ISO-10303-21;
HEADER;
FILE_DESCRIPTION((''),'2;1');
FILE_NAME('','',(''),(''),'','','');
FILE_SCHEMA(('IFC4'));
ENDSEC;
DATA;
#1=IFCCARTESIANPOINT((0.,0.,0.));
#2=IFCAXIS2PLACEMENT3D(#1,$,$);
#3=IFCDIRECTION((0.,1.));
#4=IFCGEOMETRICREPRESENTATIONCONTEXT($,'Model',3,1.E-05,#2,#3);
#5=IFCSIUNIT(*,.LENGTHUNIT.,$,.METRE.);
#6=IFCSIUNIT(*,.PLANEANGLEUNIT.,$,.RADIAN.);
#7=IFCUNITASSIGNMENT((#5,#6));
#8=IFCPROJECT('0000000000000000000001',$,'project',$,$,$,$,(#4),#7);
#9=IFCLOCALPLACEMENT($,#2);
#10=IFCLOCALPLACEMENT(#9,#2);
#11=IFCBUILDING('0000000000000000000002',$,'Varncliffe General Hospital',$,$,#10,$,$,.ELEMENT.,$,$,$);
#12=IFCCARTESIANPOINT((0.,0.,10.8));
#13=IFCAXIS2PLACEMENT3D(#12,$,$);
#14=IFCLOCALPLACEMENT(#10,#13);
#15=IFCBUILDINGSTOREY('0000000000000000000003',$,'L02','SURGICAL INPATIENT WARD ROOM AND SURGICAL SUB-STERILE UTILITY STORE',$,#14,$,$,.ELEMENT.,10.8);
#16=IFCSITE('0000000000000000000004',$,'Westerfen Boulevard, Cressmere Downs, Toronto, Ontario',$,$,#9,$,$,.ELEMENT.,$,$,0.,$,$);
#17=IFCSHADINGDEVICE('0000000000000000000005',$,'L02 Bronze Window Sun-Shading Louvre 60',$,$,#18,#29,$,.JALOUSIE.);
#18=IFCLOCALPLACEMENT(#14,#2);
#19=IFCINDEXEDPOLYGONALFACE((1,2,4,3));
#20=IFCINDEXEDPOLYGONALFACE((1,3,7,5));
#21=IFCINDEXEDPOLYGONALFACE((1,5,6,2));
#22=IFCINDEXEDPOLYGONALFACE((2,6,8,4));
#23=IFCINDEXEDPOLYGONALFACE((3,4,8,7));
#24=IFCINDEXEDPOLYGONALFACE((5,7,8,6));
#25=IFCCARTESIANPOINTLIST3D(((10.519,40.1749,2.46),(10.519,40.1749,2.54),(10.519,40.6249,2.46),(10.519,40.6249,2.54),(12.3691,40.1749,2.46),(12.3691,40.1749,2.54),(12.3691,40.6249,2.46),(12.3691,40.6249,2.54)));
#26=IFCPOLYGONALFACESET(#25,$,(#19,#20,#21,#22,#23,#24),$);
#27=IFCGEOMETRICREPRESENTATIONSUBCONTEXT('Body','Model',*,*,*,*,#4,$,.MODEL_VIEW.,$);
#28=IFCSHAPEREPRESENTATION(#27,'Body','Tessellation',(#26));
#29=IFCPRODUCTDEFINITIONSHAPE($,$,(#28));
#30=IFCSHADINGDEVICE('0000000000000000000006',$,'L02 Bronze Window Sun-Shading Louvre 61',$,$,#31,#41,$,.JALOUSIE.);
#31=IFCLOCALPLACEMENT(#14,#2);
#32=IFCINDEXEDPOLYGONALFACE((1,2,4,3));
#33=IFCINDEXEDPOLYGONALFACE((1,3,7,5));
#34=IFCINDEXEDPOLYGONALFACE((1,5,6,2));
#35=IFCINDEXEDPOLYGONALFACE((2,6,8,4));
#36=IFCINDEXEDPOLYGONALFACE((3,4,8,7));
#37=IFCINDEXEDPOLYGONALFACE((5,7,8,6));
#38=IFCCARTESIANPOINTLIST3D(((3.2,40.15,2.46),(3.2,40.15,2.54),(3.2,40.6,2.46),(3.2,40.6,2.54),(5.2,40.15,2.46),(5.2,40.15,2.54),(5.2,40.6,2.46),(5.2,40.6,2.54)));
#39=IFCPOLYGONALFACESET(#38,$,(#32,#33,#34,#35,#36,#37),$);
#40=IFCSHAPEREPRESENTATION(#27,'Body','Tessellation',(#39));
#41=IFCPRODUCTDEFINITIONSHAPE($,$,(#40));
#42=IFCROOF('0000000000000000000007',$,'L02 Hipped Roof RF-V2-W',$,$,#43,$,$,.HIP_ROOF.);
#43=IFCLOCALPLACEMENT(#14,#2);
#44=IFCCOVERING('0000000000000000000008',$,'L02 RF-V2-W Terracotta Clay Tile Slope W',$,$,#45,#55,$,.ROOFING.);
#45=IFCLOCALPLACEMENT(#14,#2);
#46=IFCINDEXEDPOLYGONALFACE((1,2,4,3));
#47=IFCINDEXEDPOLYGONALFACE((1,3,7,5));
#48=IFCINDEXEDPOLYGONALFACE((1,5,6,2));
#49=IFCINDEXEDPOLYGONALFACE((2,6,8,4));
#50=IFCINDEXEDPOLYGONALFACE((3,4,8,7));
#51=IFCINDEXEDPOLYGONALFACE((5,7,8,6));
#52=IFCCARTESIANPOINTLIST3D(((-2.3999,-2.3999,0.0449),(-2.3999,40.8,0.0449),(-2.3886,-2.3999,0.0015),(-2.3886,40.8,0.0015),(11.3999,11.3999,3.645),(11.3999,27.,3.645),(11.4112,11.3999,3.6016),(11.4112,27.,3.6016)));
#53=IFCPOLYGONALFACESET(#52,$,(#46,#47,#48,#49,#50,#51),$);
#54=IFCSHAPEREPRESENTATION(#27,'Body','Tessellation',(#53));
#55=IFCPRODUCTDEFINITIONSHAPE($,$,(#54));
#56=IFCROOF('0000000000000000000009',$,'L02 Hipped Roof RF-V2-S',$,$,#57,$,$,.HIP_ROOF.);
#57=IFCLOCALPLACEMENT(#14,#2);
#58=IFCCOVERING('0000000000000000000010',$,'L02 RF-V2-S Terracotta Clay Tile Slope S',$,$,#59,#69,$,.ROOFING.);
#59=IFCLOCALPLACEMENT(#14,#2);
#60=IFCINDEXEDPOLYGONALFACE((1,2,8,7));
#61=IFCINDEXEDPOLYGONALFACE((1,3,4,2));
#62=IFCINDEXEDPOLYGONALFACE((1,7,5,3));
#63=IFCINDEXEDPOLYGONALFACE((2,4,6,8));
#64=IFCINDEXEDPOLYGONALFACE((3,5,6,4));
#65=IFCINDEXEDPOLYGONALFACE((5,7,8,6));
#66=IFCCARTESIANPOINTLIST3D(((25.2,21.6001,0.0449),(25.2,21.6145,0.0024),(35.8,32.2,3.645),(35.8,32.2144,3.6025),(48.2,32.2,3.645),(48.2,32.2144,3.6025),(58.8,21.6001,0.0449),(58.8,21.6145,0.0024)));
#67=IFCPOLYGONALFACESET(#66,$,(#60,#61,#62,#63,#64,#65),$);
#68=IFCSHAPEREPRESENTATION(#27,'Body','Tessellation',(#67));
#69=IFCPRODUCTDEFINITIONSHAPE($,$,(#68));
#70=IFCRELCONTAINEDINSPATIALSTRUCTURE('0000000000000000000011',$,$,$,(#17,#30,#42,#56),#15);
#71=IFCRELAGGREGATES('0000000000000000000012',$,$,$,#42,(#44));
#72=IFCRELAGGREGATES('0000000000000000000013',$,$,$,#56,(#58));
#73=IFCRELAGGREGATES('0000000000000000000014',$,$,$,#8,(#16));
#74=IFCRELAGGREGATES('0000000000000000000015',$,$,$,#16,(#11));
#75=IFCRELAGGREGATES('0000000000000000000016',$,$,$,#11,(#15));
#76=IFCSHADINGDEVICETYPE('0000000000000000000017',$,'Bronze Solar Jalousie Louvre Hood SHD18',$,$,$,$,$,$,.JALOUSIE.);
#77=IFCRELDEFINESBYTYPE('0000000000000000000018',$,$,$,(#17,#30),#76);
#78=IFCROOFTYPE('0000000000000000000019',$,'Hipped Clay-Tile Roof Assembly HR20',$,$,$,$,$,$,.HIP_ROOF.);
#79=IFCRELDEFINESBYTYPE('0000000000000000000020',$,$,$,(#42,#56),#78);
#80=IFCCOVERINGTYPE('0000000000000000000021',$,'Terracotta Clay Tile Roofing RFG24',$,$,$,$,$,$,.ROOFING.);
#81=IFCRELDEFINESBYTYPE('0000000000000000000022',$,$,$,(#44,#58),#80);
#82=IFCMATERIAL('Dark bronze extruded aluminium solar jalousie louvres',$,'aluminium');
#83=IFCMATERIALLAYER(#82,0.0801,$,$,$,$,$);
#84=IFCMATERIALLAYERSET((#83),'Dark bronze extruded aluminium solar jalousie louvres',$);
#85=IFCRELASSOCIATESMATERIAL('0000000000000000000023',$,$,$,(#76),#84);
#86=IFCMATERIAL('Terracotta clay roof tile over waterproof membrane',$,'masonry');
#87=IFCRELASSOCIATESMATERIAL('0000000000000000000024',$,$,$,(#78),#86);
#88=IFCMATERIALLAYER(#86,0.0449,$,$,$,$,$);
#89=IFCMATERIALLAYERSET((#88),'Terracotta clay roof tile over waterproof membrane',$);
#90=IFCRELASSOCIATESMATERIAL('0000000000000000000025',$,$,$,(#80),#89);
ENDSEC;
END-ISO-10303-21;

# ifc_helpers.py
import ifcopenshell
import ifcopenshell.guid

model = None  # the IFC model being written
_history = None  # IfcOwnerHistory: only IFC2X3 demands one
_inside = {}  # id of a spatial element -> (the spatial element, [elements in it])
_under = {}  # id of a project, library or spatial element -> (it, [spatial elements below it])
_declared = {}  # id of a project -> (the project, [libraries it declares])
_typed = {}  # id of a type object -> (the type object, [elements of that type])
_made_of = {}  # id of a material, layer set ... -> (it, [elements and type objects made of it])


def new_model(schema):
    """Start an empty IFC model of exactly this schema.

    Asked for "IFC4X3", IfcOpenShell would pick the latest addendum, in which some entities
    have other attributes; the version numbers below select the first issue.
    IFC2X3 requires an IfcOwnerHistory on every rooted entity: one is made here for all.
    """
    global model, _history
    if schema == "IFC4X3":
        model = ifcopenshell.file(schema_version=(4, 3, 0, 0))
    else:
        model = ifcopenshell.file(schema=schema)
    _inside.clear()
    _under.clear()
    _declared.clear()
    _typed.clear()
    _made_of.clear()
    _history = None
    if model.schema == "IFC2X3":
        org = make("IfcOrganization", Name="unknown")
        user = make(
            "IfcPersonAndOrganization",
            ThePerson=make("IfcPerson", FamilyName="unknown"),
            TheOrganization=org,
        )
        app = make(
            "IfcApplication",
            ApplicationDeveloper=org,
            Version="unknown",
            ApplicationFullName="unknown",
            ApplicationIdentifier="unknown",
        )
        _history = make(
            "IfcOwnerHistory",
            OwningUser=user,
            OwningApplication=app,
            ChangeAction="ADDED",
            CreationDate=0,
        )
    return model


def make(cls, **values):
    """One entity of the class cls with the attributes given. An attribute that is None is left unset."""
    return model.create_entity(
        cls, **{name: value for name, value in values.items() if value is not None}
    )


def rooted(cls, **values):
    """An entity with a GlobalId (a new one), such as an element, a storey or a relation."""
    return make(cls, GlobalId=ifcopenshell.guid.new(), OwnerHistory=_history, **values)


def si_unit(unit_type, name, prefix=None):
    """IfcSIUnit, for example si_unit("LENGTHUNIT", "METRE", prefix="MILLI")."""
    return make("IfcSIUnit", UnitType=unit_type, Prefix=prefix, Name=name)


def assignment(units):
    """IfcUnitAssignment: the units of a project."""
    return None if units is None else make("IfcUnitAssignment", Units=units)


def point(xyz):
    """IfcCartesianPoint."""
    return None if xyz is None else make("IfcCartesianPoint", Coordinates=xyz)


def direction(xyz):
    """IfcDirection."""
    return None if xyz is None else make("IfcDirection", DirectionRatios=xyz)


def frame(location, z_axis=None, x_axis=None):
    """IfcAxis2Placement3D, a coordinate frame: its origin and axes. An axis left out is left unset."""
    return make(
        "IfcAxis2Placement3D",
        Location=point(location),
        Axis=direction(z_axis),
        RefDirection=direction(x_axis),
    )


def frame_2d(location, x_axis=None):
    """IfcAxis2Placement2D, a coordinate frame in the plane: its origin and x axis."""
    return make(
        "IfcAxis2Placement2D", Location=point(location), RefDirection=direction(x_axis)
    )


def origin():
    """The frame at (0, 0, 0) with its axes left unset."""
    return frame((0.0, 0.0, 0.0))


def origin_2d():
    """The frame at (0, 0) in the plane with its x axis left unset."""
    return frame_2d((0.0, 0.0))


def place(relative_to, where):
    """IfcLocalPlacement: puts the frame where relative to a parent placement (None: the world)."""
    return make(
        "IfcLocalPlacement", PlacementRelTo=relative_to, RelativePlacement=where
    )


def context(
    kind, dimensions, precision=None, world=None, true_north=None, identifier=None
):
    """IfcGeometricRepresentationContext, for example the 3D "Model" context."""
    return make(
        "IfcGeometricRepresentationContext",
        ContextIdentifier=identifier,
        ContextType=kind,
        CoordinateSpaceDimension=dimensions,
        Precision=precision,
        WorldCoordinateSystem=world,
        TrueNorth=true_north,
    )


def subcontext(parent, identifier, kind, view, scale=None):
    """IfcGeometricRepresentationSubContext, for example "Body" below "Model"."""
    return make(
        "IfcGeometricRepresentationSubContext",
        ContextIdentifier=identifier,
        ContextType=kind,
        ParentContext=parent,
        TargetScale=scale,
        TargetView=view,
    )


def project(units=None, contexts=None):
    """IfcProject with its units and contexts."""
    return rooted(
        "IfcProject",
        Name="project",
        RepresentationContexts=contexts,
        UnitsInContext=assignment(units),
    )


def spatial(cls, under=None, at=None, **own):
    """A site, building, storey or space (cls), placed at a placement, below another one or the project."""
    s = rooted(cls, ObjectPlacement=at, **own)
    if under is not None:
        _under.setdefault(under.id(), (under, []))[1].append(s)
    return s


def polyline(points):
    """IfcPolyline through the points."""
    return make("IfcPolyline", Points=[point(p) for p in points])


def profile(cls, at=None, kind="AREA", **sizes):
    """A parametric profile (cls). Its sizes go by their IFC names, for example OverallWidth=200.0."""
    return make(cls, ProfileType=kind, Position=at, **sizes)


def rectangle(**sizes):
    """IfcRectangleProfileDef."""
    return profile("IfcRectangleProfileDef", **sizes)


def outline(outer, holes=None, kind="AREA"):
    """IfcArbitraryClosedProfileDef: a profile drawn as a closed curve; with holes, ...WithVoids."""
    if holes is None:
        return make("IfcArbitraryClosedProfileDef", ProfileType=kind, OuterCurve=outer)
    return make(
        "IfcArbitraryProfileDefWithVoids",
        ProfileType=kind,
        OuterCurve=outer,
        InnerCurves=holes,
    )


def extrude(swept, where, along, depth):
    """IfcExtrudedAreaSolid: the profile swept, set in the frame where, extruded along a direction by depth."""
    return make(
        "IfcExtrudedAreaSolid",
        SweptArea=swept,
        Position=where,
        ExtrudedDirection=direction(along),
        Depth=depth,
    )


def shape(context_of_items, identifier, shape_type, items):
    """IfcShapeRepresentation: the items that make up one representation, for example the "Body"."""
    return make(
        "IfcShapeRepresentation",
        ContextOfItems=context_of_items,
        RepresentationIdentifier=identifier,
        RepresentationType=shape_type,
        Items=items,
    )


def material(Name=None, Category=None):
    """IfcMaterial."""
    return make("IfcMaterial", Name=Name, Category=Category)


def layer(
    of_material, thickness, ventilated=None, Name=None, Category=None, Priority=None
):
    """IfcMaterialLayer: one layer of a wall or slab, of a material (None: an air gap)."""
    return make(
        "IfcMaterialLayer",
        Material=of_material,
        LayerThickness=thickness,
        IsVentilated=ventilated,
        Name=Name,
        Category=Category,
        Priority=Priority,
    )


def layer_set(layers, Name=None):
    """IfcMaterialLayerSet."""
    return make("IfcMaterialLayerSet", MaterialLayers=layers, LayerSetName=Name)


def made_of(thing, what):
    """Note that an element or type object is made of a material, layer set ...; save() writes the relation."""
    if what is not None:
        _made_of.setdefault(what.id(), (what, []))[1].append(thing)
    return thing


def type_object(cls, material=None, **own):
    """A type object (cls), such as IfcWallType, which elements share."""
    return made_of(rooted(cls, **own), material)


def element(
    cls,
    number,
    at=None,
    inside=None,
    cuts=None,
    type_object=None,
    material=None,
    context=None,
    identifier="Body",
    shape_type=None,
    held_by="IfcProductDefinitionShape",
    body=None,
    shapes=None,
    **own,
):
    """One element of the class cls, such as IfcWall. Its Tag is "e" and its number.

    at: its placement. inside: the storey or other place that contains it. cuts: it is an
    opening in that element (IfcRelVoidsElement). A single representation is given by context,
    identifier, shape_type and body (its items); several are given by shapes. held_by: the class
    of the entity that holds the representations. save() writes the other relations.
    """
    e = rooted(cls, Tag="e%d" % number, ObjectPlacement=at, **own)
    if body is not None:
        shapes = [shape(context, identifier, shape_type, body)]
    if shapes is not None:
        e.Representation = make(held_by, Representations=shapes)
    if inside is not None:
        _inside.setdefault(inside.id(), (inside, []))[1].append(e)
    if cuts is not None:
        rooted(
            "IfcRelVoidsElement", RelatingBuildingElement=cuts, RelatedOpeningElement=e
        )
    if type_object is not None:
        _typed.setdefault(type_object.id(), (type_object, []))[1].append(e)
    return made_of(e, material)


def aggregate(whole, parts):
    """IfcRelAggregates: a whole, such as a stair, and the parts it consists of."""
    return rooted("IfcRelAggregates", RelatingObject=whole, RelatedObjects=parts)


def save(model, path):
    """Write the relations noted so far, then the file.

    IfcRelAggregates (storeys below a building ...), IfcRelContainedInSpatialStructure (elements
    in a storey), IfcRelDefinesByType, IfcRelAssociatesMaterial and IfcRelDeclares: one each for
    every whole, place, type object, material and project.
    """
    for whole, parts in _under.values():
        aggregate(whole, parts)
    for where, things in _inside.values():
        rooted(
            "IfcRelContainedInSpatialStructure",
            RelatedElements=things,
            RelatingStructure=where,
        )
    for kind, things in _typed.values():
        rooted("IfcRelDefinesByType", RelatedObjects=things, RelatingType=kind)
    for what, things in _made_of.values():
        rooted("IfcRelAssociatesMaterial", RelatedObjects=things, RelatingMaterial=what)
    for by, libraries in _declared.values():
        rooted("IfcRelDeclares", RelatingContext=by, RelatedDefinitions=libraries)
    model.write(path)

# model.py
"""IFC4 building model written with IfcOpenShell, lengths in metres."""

from ifc_helpers import new_model, si_unit, direction, frame, origin, origin_2d, place, context, subcontext, project, spatial, polyline, rectangle, outline, extrude, material, layer, layer_set, type_object, element, aggregate, save


model = new_model("IFC4")

# Units and contexts
model_context = context("Model", 3, precision=1e-05, world=origin(), true_north=direction((0.0, 1.0)))
body_context = subcontext(model_context, "Body", "Model", "MODEL_VIEW")
ifc_project = project(units=[si_unit("LENGTHUNIT", "METRE"), si_unit("PLANEANGLEUNIT", "RADIAN")], contexts=[model_context])

# Site, building, storey
site_placement = place(None, origin())
site = spatial("IfcSite", under=ifc_project, at=site_placement, Name="Westerfen Boulevard, Cressmere Downs, Toronto, Ontario", CompositionType="ELEMENT", RefElevation=0.0)
building_placement = place(site_placement, origin())
building = spatial("IfcBuilding", under=site, at=building_placement, Name="Varncliffe General Hospital", CompositionType="ELEMENT")
storey_placement = place(building_placement, frame((0.0, 0.0, 10.8)))
storey = spatial("IfcBuildingStorey", under=building, at=storey_placement, Name="L02", Description="SURGICAL INPATIENT WARD ROOM AND SURGICAL SUB-STERILE UTILITY STORE", CompositionType="ELEMENT", Elevation=10.8)

# Shading devices
ifc_material_1 = material(Name="Dark bronze extruded aluminium solar jalousie louvres", Category="aluminium")
ifc_layer_1 = layer(ifc_material_1, 0.0801)
ifc_layer_set_1 = layer_set([ifc_layer_1], Name="Dark bronze extruded aluminium solar jalousie louvres")
shading_device_type = type_object("IfcShadingDeviceType", Name="Bronze Solar Jalousie Louvre Hood SHD18", PredefinedType="JALOUSIE", material=ifc_layer_set_1)
shading_device_1_placement = place(storey_placement, frame((11.4441, 40.3999, 2.46), z_axis=(0.0, 0.0, 1.0), x_axis=(-1.0, 0.0, 0.0)))
element("IfcShadingDevice", 1, at=shading_device_1_placement, inside=storey, type_object=shading_device_type, Name="L02 Bronze Window Sun-Shading Louvre 60", PredefinedType="JALOUSIE", context=body_context, shape_type="SweptSolid", body=[
    extrude(rectangle(XDim=1.8501, YDim=0.45, at=origin_2d()), origin(), (0.0, 0.0, 1.0), 0.0801),
])
shading_device_2_placement = place(storey_placement, frame((4.2, 40.375, 2.46), z_axis=(0.0, 0.0, 1.0), x_axis=(-1.0, 0.0, 0.0)))
element("IfcShadingDevice", 2, at=shading_device_2_placement, inside=storey, type_object=shading_device_type, Name="L02 Bronze Window Sun-Shading Louvre 61", PredefinedType="JALOUSIE", context=body_context, shape_type="SweptSolid", body=[
    extrude(rectangle(XDim=2.0, YDim=0.45, at=origin_2d()), origin(), (0.0, 0.0, 1.0), 0.0801),
])

# Roofs, coverings
ifc_material_2 = material(Name="Terracotta clay roof tile over waterproof membrane", Category="masonry")
roof_type = type_object("IfcRoofType", Name="Hipped Clay-Tile Roof Assembly HR20", PredefinedType="HIP_ROOF", material=ifc_material_2)
roof_1_placement = place(storey_placement, origin())
roof_1 = element("IfcRoof", 3, at=roof_1_placement, inside=storey, type_object=roof_type, Name="L02 Hipped Roof RF-V2-W", PredefinedType="HIP_ROOF")
ifc_layer_2 = layer(ifc_material_2, 0.0449)
ifc_layer_set_2 = layer_set([ifc_layer_2], Name="Terracotta clay roof tile over waterproof membrane")
covering_type = type_object("IfcCoveringType", Name="Terracotta Clay Tile Roofing RFG24", PredefinedType="ROOFING", material=ifc_layer_set_2)
covering_1_placement = place(storey_placement, frame((-2.3999, 40.8, 0.0449), z_axis=(-0.252432, 0.0, 0.967615), x_axis=(0.0, -1.0, 0.0)))
covering_1 = element("IfcCovering", 4, at=covering_1_placement, type_object=covering_type, Name="L02 RF-V2-W Terracotta Clay Tile Slope W", PredefinedType="ROOFING", context=body_context, shape_type="SweptSolid", body=[
    extrude(outline(polyline([(0.0, 0.0), (43.2, 0.0), (29.4001, 14.2617), (13.8, 14.2617), (0.0, 0.0)])), origin(), (0.0, 0.0, -1.0), 0.0449),
])
aggregate(roof_1, [covering_1])
roof_2_placement = place(storey_placement, origin())
roof_2 = element("IfcRoof", 5, at=roof_2_placement, inside=storey, type_object=roof_type, Name="L02 Hipped Roof RF-V2-S", PredefinedType="HIP_ROOF")
covering_2_placement = place(storey_placement, frame((25.2, 21.6001, 0.0449), z_axis=(0.0, -0.321594, 0.946878), x_axis=(1.0, 0.0, 0.0)))
covering_2 = element("IfcCovering", 6, at=covering_2_placement, type_object=covering_type, Name="L02 RF-V2-S Terracotta Clay Tile Slope S", PredefinedType="ROOFING", context=body_context, shape_type="SweptSolid", body=[
    extrude(outline(polyline([(0.0, 0.0), (33.6001, 0.0), (23.0, 11.1945), (10.6001, 11.1945), (0.0, 0.0)])), origin(), (0.0, 0.0, -1.0), 0.0449),
])
aggregate(roof_2, [covering_2])

save(model, "model.ifc")
